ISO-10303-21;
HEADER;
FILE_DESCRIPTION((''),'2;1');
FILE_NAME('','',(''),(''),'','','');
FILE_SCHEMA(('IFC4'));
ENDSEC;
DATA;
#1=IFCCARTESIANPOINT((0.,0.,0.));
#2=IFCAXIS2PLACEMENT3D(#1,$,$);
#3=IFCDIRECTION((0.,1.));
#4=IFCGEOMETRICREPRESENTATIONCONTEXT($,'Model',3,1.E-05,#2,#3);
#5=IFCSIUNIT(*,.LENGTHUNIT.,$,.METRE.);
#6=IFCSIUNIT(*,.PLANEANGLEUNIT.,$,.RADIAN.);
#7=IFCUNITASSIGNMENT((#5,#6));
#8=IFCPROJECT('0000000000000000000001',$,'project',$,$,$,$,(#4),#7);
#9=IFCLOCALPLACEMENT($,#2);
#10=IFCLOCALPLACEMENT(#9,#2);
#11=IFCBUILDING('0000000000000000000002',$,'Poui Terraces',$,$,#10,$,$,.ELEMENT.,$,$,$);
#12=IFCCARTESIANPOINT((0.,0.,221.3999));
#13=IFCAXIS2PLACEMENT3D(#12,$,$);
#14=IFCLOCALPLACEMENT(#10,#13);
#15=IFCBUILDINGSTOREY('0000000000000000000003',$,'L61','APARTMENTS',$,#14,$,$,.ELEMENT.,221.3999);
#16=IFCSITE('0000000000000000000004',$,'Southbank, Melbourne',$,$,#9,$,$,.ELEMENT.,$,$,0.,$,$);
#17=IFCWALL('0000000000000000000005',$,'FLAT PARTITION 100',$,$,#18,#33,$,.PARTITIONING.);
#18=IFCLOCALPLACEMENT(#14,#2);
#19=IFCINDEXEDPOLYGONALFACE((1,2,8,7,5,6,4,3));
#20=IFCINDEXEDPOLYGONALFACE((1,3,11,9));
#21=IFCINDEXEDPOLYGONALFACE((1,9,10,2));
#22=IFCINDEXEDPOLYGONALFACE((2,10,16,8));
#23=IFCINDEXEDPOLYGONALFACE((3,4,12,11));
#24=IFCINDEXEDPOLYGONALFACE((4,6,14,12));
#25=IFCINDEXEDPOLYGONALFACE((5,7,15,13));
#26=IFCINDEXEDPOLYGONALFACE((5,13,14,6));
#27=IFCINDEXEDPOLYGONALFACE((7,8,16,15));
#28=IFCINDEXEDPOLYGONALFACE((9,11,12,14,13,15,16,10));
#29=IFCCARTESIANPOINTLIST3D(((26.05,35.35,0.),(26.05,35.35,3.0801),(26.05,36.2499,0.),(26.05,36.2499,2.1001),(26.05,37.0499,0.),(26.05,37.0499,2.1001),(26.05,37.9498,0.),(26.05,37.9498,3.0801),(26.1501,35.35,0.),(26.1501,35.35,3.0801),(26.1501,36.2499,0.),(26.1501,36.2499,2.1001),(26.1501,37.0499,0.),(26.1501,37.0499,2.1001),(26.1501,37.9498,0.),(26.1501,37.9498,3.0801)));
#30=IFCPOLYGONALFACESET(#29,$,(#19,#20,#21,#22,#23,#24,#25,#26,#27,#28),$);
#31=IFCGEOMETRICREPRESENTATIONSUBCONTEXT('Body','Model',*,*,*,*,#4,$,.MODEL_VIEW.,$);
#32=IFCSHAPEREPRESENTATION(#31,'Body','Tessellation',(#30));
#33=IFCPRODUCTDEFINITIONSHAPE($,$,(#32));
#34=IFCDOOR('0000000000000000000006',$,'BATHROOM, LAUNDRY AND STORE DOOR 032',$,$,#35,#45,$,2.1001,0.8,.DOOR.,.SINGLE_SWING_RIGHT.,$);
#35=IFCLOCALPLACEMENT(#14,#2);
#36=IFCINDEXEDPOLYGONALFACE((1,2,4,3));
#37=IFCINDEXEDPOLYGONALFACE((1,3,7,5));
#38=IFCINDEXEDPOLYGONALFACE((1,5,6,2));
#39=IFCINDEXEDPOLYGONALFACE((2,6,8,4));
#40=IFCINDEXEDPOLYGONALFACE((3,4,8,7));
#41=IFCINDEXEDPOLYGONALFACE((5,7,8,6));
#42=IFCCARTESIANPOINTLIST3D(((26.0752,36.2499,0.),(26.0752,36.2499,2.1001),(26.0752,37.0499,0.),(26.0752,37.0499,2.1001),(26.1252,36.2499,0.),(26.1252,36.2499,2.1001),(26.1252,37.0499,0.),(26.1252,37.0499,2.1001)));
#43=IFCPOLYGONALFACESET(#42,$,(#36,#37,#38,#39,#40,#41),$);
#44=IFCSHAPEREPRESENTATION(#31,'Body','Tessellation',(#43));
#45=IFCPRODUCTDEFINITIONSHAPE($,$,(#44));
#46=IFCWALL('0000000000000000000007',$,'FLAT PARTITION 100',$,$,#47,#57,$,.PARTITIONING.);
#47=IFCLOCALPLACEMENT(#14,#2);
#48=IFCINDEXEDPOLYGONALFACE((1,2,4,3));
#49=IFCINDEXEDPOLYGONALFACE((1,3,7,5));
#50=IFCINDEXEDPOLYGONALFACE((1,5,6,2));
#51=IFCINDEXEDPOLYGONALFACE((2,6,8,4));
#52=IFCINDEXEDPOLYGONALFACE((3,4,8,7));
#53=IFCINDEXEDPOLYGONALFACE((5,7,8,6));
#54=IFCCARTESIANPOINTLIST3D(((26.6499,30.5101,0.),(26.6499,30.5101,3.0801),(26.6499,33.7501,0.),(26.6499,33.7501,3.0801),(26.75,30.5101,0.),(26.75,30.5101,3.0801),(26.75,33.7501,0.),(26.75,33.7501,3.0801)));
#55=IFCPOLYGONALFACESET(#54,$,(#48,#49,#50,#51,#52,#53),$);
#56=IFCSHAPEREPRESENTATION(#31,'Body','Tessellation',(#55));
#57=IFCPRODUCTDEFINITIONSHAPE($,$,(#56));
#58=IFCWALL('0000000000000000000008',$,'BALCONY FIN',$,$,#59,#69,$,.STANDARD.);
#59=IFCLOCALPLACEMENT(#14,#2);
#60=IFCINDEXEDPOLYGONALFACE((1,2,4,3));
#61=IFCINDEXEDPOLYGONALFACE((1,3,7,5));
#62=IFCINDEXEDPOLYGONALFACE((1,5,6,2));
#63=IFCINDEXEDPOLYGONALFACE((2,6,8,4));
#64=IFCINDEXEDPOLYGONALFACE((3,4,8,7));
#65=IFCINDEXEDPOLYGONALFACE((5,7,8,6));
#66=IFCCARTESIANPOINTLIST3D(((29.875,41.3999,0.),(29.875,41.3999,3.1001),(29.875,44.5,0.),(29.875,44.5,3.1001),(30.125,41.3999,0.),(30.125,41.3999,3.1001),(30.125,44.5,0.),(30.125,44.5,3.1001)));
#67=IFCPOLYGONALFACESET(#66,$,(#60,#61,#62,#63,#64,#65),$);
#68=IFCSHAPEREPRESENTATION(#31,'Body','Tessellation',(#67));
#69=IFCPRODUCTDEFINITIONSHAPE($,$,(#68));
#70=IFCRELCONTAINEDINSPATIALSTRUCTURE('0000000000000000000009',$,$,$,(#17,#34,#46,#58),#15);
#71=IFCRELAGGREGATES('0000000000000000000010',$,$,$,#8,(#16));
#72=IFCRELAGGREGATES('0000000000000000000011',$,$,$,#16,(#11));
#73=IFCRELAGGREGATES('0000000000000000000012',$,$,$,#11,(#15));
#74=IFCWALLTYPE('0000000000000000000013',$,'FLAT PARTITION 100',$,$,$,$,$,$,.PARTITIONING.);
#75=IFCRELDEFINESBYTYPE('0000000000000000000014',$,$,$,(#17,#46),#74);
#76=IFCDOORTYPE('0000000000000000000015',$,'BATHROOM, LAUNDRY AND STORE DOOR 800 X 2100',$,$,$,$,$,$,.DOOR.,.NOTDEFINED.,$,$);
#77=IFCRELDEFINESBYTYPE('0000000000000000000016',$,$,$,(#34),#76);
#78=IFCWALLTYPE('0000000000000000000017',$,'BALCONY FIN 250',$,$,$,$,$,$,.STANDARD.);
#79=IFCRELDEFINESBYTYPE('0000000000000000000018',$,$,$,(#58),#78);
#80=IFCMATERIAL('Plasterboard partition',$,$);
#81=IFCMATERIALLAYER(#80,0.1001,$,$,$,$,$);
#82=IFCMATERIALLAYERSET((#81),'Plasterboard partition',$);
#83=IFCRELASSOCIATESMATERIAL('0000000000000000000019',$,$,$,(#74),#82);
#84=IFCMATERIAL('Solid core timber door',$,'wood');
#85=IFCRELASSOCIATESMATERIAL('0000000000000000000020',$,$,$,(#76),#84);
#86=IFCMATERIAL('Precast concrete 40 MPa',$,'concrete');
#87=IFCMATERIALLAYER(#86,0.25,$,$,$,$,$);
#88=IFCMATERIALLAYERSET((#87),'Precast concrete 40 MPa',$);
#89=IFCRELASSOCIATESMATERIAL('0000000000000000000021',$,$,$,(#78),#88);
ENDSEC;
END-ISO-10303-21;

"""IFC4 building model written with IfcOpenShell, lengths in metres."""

from ifc_helpers import new_model, si_unit, direction, frame, frame_2d, origin, place, context, subcontext, project, spatial, polyline, rectangle, outline, extrude, source, transform, mapped, material, layer, layer_set, type_object, element, fill, save


model = new_model("IFC4")

# Units and contexts
model_context = context("Model", 3, precision=1e-05, world=origin(), true_north=direction((0.0, 1.0)))
body_context = subcontext(model_context, "Body", "Model", "MODEL_VIEW")
ifc_project = project(units=[si_unit("LENGTHUNIT", "METRE"), si_unit("PLANEANGLEUNIT", "RADIAN")], contexts=[model_context])

# Site, building, storey
site_placement = place(None, origin())
site = spatial("IfcSite", under=ifc_project, at=site_placement, Name="Southbank, Melbourne", CompositionType="ELEMENT", RefElevation=0.0)
building_placement = place(site_placement, origin())
building = spatial("IfcBuilding", under=site, at=building_placement, Name="Poui Terraces", CompositionType="ELEMENT")
storey_placement = place(building_placement, frame((0.0, 0.0, 221.3999)))
storey = spatial("IfcBuildingStorey", under=building, at=storey_placement, Name="L61", Description="APARTMENTS", CompositionType="ELEMENT", Elevation=221.3999)

# Shared definitions
ifc_material_1 = material(Name="Solid core timber door", Category="wood")
ifc_material_2 = material(Name="Plasterboard partition")
ifc_layer_1 = layer(ifc_material_2, 0.1001)
ifc_layer_set_1 = layer_set([ifc_layer_1], Name="Plasterboard partition")
wall_type_1 = type_object("IfcWallType", Name="FLAT PARTITION 100", PredefinedType="PARTITIONING", material=ifc_layer_set_1)
door_type_1 = type_object("IfcDoorType", Name="BATHROOM, LAUNDRY AND STORE DOOR 800 X 2100", OperationType="NOTDEFINED", PredefinedType="DOOR", material=ifc_material_1)

# Wall, opening, door
wall_1_placement = place(storey_placement, frame((26.1001, 35.3501, 0.0), z_axis=(0.0, 0.0, 1.0), x_axis=(0.0, 1.0, 0.0)))
wall_1 = element("IfcWall", 1, at=wall_1_placement, inside=storey, type_object=wall_type_1, Name="FLAT PARTITION 100", PredefinedType="PARTITIONING", context=body_context, shape_type="SweptSolid", body=[
    extrude(rectangle(XDim=2.5999, YDim=0.1001, at=frame_2d((1.2998, 0.0))), origin(), (0.0, 0.0, 1.0), 3.0801),
])
opening_1_placement = place(wall_1_placement, frame((0.8999, 0.0, 0.0)))
opening_1 = element("IfcOpeningElement", 2, at=opening_1_placement, cuts=wall_1, PredefinedType="OPENING", context=body_context, shape_type="SweptSolid", body=[
    extrude(rectangle(XDim=0.8, YDim=2.1001, at=frame_2d((0.3999, 1.05))), frame((0.0, 0.0601, 0.0), z_axis=(0.0, -1.0, 0.0), x_axis=(1.0, 0.0, 0.0)), (0.0, 0.0, 1.0), 0.1201),
])
door_1_placement = place(opening_1_placement, origin())
door_1 = element("IfcDoor", 3, at=door_1_placement, inside=storey, type_object=door_type_1, Name="BATHROOM, LAUNDRY AND STORE DOOR 032", OperationType="SINGLE_SWING_RIGHT", OverallHeight=2.1001, OverallWidth=0.8, PredefinedType="DOOR", context=body_context, shape_type="SweptSolid", body=[
    extrude(rectangle(XDim=0.8, YDim=2.1001, at=frame_2d((0.3999, 1.05))), frame((0.0, 0.0249, 0.0), z_axis=(0.0, -1.0, 0.0), x_axis=(1.0, 0.0, 0.0)), (0.0, 0.0, 1.0), 0.05),
])
fill(opening_1, door_1)

# Walls
wall_2_placement = place(storey_placement, frame((26.7, 30.51, 0.0), z_axis=(0.0, 0.0, 1.0), x_axis=(0.0, 1.0, 0.0)))
element("IfcWall", 4, at=wall_2_placement, inside=storey, type_object=wall_type_1, Name="FLAT PARTITION 100", PredefinedType="PARTITIONING", context=body_context, shape_type="SweptSolid", body=[
    extrude(rectangle(XDim=3.24, YDim=0.1001, at=frame_2d((1.6201, 0.0))), origin(), (0.0, 0.0, 1.0), 3.0801),
])
ifc_material_3 = material(Name="Precast concrete 40 MPa", Category="concrete")
ifc_layer_2 = layer(ifc_material_3, 0.25)
ifc_layer_set_2 = layer_set([ifc_layer_2], Name="Precast concrete 40 MPa")
wall_type_2 = type_object("IfcWallType", Name="BALCONY FIN 250", PredefinedType="STANDARD", material=ifc_layer_set_2)
shared_shape_1 = source(origin(), body_context, "Body", "SweptSolid", [
    extrude(outline(polyline([(0.0, 0.0), (0.25, 0.0), (0.25, 3.1001), (0.0, 3.1001), (0.0, 0.0)])), origin(), (0.0, 0.0, 1.0), 3.1001),
])
wall_3_placement = place(storey_placement, frame((29.875, 41.3999, 0.0)))
element("IfcWall", 5, at=wall_3_placement, inside=storey, type_object=wall_type_2, Name="BALCONY FIN", PredefinedType="STANDARD", context=body_context, shape_type="MappedRepresentation", body=[
    mapped(shared_shape_1, transform((0.0, 0.0, 0.0))),
])

save(model, "model.ifc")
